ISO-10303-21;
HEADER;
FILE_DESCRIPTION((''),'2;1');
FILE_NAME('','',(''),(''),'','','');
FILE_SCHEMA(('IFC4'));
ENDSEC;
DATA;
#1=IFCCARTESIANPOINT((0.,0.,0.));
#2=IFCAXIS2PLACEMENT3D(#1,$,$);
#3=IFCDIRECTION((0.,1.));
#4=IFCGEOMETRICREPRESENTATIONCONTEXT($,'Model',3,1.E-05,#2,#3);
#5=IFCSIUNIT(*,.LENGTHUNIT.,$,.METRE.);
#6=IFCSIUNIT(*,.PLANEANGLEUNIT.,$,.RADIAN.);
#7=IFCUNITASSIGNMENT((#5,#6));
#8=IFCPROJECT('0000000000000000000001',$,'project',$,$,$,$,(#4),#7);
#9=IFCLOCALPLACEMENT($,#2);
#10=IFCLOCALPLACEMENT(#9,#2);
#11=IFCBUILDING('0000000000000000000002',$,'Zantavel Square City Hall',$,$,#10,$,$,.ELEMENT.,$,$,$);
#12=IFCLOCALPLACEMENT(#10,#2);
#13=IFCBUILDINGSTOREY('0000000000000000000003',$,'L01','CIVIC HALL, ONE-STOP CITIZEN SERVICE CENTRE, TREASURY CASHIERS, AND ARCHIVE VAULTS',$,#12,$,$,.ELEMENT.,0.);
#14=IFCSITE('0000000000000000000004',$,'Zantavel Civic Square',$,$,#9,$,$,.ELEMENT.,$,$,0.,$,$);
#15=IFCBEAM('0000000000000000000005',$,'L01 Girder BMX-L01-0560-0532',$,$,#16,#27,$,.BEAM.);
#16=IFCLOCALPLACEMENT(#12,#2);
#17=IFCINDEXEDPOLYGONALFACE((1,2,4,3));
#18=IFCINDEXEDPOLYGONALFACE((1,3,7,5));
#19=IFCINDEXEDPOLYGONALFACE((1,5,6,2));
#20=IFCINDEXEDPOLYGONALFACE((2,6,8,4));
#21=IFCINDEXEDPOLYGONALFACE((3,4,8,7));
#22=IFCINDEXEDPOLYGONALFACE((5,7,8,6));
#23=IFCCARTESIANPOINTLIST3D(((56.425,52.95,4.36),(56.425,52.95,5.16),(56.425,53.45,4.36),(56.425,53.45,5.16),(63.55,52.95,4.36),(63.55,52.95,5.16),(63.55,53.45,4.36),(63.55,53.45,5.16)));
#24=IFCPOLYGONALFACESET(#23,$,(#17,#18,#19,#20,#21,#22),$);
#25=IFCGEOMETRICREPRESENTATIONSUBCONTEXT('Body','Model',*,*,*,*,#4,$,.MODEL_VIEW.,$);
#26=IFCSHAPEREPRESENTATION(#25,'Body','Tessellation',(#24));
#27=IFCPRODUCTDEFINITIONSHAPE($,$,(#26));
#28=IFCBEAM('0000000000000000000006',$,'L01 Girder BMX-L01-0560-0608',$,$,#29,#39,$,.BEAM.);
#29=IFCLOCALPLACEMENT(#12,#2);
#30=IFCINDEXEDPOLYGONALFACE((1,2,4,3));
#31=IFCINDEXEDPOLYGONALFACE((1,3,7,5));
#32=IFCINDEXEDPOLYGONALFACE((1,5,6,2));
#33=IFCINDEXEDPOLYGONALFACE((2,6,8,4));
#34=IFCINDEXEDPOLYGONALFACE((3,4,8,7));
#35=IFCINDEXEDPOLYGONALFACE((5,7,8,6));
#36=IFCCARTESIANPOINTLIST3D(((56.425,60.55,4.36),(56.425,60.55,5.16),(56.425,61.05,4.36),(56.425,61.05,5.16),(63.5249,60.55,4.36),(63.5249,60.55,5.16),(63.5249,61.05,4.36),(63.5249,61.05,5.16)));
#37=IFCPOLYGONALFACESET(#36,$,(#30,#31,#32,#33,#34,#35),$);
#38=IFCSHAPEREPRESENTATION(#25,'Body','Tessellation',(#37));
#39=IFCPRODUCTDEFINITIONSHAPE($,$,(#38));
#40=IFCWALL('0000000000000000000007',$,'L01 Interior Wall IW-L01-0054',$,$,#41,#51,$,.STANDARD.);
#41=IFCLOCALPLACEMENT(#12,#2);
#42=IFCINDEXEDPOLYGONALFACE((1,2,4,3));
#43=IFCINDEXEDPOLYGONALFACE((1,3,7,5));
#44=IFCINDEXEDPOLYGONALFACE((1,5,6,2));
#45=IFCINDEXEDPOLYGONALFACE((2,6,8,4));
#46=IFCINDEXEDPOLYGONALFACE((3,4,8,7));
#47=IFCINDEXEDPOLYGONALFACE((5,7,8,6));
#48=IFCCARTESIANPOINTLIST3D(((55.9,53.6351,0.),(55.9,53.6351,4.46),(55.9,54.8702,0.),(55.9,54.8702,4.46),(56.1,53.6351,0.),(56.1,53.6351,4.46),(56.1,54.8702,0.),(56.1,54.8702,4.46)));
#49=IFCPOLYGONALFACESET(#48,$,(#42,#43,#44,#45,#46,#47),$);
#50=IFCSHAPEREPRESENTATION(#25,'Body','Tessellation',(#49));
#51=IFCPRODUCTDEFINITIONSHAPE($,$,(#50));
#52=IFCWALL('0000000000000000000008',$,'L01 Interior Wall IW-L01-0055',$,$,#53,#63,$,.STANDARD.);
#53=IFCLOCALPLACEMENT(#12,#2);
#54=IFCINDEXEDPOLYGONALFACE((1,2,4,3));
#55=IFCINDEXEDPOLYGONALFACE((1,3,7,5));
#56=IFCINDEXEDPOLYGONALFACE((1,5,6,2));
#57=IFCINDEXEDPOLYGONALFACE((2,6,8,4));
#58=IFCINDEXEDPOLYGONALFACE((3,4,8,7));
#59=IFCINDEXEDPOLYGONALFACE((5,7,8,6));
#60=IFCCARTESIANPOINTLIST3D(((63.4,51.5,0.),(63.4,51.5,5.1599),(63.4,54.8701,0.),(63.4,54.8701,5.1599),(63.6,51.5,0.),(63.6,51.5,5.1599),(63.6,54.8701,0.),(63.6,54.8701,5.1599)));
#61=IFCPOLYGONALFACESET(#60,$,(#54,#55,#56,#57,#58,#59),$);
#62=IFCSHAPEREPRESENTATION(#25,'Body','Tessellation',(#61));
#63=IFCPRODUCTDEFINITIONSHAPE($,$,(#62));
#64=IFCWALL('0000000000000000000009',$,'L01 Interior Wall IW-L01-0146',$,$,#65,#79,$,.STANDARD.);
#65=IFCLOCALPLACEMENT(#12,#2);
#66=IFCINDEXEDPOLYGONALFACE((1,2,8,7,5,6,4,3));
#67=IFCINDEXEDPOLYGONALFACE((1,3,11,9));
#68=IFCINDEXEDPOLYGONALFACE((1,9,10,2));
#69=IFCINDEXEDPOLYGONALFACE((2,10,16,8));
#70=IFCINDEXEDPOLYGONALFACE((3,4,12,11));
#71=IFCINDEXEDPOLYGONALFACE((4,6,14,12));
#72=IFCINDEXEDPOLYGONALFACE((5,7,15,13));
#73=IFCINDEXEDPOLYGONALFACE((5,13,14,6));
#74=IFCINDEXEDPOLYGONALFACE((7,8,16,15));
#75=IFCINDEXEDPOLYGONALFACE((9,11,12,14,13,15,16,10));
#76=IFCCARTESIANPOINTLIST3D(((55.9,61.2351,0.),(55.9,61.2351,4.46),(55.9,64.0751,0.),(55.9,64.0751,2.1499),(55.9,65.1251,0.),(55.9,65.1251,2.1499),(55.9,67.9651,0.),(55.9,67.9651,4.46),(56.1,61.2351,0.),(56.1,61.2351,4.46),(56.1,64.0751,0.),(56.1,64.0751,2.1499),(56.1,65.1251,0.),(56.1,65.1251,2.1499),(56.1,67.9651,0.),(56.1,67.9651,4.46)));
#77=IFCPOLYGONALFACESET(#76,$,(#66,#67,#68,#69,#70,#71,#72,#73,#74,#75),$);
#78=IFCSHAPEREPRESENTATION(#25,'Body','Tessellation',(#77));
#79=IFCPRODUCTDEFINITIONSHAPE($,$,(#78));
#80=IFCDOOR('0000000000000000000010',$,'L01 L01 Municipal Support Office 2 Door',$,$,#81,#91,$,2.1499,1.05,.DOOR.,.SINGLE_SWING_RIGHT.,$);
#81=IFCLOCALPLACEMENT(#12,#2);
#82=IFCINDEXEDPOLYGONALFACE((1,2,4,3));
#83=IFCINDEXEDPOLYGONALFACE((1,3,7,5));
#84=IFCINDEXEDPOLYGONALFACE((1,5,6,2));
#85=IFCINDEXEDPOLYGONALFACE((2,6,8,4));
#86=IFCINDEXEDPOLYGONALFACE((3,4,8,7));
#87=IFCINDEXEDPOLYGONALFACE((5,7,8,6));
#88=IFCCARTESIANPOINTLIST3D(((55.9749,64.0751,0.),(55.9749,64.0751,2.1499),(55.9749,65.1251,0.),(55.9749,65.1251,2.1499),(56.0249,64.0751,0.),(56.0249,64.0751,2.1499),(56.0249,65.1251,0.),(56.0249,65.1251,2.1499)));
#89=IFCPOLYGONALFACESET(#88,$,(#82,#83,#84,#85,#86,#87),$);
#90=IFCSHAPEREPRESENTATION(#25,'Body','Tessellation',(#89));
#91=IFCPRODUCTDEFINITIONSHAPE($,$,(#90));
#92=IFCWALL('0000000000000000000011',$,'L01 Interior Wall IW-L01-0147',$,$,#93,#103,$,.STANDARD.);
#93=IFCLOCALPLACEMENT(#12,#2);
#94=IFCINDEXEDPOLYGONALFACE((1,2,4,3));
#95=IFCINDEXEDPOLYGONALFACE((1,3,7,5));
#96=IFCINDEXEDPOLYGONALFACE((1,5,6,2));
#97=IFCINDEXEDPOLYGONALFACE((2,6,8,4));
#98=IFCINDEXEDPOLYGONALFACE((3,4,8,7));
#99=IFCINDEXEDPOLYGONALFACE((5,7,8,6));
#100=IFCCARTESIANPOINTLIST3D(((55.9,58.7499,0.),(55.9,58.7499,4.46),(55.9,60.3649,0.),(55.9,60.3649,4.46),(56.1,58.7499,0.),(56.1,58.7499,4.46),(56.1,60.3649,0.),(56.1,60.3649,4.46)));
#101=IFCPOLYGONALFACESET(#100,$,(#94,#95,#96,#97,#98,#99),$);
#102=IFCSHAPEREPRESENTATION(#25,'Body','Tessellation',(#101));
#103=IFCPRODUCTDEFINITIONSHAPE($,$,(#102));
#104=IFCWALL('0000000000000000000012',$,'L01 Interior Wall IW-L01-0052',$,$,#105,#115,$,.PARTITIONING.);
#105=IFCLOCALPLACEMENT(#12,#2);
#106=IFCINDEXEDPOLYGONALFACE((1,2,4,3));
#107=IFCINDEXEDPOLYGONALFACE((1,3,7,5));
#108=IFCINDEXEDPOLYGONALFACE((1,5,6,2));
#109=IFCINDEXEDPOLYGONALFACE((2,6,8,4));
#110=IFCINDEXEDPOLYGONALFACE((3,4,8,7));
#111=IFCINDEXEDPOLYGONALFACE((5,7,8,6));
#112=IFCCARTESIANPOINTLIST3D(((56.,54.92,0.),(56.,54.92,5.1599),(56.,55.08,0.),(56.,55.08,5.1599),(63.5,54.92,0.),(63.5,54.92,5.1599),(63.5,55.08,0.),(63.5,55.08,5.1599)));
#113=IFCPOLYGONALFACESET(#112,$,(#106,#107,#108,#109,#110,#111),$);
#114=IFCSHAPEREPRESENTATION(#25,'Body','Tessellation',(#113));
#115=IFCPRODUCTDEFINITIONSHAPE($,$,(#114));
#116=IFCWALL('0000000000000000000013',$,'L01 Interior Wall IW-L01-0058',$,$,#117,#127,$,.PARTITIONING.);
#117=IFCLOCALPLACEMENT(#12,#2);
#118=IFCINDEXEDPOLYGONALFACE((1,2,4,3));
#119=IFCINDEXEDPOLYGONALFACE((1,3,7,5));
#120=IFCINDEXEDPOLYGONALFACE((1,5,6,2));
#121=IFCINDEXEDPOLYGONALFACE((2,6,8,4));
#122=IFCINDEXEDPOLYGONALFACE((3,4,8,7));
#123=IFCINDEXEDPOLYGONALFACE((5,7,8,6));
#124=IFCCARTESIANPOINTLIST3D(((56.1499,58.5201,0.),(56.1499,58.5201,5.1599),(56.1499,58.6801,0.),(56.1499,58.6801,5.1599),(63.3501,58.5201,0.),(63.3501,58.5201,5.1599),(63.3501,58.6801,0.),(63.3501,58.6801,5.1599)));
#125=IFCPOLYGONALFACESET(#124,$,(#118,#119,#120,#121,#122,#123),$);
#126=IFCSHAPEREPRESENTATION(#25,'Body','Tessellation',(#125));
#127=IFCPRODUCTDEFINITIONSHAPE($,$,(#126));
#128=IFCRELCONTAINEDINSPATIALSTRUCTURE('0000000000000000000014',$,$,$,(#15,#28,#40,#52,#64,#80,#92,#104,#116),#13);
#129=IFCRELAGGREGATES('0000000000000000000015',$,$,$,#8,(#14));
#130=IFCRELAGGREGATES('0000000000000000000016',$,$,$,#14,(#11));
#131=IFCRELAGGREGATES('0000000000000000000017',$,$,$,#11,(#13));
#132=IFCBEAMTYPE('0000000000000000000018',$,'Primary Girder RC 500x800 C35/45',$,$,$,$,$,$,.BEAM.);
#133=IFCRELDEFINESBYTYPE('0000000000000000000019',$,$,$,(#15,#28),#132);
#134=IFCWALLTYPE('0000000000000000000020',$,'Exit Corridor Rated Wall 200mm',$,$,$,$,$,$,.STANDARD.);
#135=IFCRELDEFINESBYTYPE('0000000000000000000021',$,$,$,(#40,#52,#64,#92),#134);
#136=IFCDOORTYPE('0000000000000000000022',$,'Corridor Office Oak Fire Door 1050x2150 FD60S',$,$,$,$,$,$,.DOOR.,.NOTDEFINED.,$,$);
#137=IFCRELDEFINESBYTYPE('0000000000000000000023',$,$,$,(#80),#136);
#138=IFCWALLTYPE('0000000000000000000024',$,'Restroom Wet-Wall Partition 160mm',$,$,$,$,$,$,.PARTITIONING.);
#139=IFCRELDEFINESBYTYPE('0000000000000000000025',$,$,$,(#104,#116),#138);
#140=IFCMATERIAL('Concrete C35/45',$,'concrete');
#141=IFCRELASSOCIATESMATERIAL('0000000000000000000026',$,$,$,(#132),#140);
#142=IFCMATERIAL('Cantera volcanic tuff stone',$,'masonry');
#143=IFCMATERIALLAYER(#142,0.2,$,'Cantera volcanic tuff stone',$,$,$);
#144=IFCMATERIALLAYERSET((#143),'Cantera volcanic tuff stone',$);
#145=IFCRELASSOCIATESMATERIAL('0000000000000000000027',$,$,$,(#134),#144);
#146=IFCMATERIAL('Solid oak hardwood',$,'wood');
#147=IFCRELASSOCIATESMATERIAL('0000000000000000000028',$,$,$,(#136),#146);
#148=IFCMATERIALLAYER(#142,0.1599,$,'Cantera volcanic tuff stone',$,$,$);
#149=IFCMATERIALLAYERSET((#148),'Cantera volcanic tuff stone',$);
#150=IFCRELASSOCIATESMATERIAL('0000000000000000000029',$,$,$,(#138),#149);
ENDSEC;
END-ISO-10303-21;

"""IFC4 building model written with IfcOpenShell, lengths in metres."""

from ifc_helpers import new_model, si_unit, direction, frame, frame_2d, origin, origin_2d, place, context, subcontext, project, spatial, rectangle, extrude, material, layer, layer_set, material_profile, profile_set, type_object, element, fill, save


model = new_model("IFC4")

# Units and contexts
model_context = context("Model", 3, precision=1e-05, world=origin(), true_north=direction((0.0, 1.0)))
body_context = subcontext(model_context, "Body", "Model", "MODEL_VIEW")
ifc_project = project(units=[si_unit("LENGTHUNIT", "METRE"), si_unit("PLANEANGLEUNIT", "RADIAN")], contexts=[model_context])

# Site, building, storey
site_placement = place(None, origin())
site = spatial("IfcSite", under=ifc_project, at=site_placement, Name="Zantavel Civic Square", CompositionType="ELEMENT", RefElevation=0.0)
building_placement = place(site_placement, origin())
building = spatial("IfcBuilding", under=site, at=building_placement, Name="Zantavel Square City Hall", CompositionType="ELEMENT")
storey_placement = place(building_placement, origin())
storey = spatial("IfcBuildingStorey", under=building, at=storey_placement, Name="L01", Description="CIVIC HALL, ONE-STOP CITIZEN SERVICE CENTRE, TREASURY CASHIERS, AND ARCHIVE VAULTS", CompositionType="ELEMENT", Elevation=0.0)

# Beams
ifc_material_1 = material(Name="Concrete C35/45", Category="concrete")
ifc_material_profile_1 = material_profile(ifc_material_1, rectangle(XDim=0.5, YDim=0.8, at=origin_2d()), Name="RC 500x800")
ifc_profile_set_1 = profile_set([ifc_material_profile_1], Name="Concrete C35/45")
beam_type_1 = type_object("IfcBeamType", Name="Primary Girder RC 500x800 C35/45", PredefinedType="BEAM", material=ifc_profile_set_1)
beam_1_placement = place(storey_placement, frame((56.425, 53.2, 4.76), z_axis=(1.0, 0.0, 0.0), x_axis=(0.0, 1.0, 0.0)))
element("IfcBeam", 1, at=beam_1_placement, inside=storey, type_object=beam_type_1, Name="L01 Girder BMX-L01-0560-0532", PredefinedType="BEAM", context=body_context, shape_type="SweptSolid", body=[
    extrude(rectangle(XDim=0.5, YDim=0.8, at=origin_2d()), origin(), (0.0, 0.0, 1.0), 7.125),
])
beam_2_placement = place(storey_placement, frame((56.425, 60.8, 4.76), z_axis=(1.0, 0.0, 0.0), x_axis=(0.0, 1.0, 0.0)))
element("IfcBeam", 2, at=beam_2_placement, inside=storey, type_object=beam_type_1, Name="L01 Girder BMX-L01-0560-0608", PredefinedType="BEAM", context=body_context, shape_type="SweptSolid", body=[
    extrude(rectangle(XDim=0.5, YDim=0.8, at=origin_2d()), origin(), (0.0, 0.0, 1.0), 7.0999),
])

# Walls
ifc_material_2 = material(Name="Cantera volcanic tuff stone", Category="masonry")
ifc_layer_1 = layer(ifc_material_2, 0.2, Name="Cantera volcanic tuff stone")
ifc_layer_set_1 = layer_set([ifc_layer_1], Name="Cantera volcanic tuff stone")
wall_type_1 = type_object("IfcWallType", Name="Exit Corridor Rated Wall 200mm", PredefinedType="STANDARD", material=ifc_layer_set_1)
wall_1_placement = place(storey_placement, frame((56.0, 53.635, 0.0), z_axis=(0.0, 0.0, 1.0), x_axis=(0.0, 1.0, 0.0)))
element("IfcWall", 3, at=wall_1_placement, inside=storey, type_object=wall_type_1, Name="L01 Interior Wall IW-L01-0054", PredefinedType="STANDARD", context=body_context, shape_type="SweptSolid", body=[
    extrude(rectangle(XDim=1.2351, YDim=0.2, at=frame_2d((0.6177, 0.0))), origin(), (0.0, 0.0, 1.0), 4.46),
])
wall_2_placement = place(storey_placement, frame((63.5, 54.8701, 0.0), z_axis=(0.0, 0.0, 1.0), x_axis=(0.0, -1.0, 0.0)))
element("IfcWall", 4, at=wall_2_placement, inside=storey, type_object=wall_type_1, Name="L01 Interior Wall IW-L01-0055", PredefinedType="STANDARD", context=body_context, shape_type="SweptSolid", body=[
    extrude(rectangle(XDim=3.3701, YDim=0.2, at=frame_2d((1.6851, 0.0))), origin(), (0.0, 0.0, 1.0), 5.1599),
])

# Wall, opening, door
ifc_material_3 = material(Name="Solid oak hardwood", Category="wood")
wall_3_placement = place(storey_placement, frame((56.0, 67.9651, 0.0), z_axis=(0.0, 0.0, 1.0), x_axis=(0.0, -1.0, 0.0)))
wall_3 = element("IfcWall", 5, at=wall_3_placement, inside=storey, type_object=wall_type_1, Name="L01 Interior Wall IW-L01-0146", PredefinedType="STANDARD", context=body_context, shape_type="SweptSolid", body=[
    extrude(rectangle(XDim=6.73, YDim=0.2, at=frame_2d((3.365, 0.0))), origin(), (0.0, 0.0, 1.0), 4.46),
])
opening_1_placement = place(wall_3_placement, frame((2.8401, 0.0, 0.0)))
opening_1 = element("IfcOpeningElement", 6, at=opening_1_placement, cuts=wall_3, PredefinedType="OPENING", context=body_context, shape_type="SweptSolid", body=[
    extrude(rectangle(XDim=1.05, YDim=2.1499, at=frame_2d((0.5249, 1.075))), frame((0.0, 0.1099, 0.0), z_axis=(0.0, -1.0, 0.0), x_axis=(1.0, 0.0, 0.0)), (0.0, 0.0, 1.0), 0.22),
])
door_type_1 = type_object("IfcDoorType", Name="Corridor Office Oak Fire Door 1050x2150 FD60S", OperationType="NOTDEFINED", PredefinedType="DOOR", material=ifc_material_3)
door_1_placement = place(opening_1_placement, origin())
door_1 = element("IfcDoor", 7, at=door_1_placement, inside=storey, type_object=door_type_1, Name="L01 L01 Municipal Support Office 2 Door", OperationType="SINGLE_SWING_RIGHT", OverallHeight=2.1499, OverallWidth=1.05, PredefinedType="DOOR", context=body_context, shape_type="SweptSolid", body=[
    extrude(rectangle(XDim=1.05, YDim=2.1499, at=frame_2d((0.5249, 1.075))), frame((0.0, 0.0249, 0.0), z_axis=(0.0, -1.0, 0.0), x_axis=(1.0, 0.0, 0.0)), (0.0, 0.0, 1.0), 0.05),
])
fill(opening_1, door_1)

# Walls
wall_4_placement = place(storey_placement, frame((56.0, 60.365, 0.0), z_axis=(0.0, 0.0, 1.0), x_axis=(0.0, -1.0, 0.0)))
element("IfcWall", 8, at=wall_4_placement, inside=storey, type_object=wall_type_1, Name="L01 Interior Wall IW-L01-0147", PredefinedType="STANDARD", context=body_context, shape_type="SweptSolid", body=[
    extrude(rectangle(XDim=1.615, YDim=0.2, at=frame_2d((0.8076, 0.0))), origin(), (0.0, 0.0, 1.0), 4.46),
])
ifc_layer_2 = layer(ifc_material_2, 0.1599, Name="Cantera volcanic tuff stone")
ifc_layer_set_2 = layer_set([ifc_layer_2], Name="Cantera volcanic tuff stone")
wall_type_2 = type_object("IfcWallType", Name="Restroom Wet-Wall Partition 160mm", PredefinedType="PARTITIONING", material=ifc_layer_set_2)
wall_5_placement = place(storey_placement, frame((56.0, 55.0, 0.0), z_axis=(0.0, 0.0, 1.0), x_axis=(1.0, 0.0, 0.0)))
element("IfcWall", 9, at=wall_5_placement, inside=storey, type_object=wall_type_2, Name="L01 Interior Wall IW-L01-0052", PredefinedType="PARTITIONING", context=body_context, shape_type="SweptSolid", body=[
    extrude(rectangle(XDim=7.5, YDim=0.1599, at=frame_2d((3.75, 0.0))), origin(), (0.0, 0.0, 1.0), 5.1599),
])
wall_6_placement = place(storey_placement, frame((56.1499, 58.6001, 0.0), z_axis=(0.0, 0.0, 1.0), x_axis=(1.0, 0.0, 0.0)))
element("IfcWall", 10, at=wall_6_placement, inside=storey, type_object=wall_type_2, Name="L01 Interior Wall IW-L01-0058", PredefinedType="PARTITIONING", context=body_context, shape_type="SweptSolid", body=[
    extrude(rectangle(XDim=7.2002, YDim=0.1599, at=frame_2d((3.6001, 0.0))), origin(), (0.0, 0.0, 1.0), 5.1599),
])

save(model, "model.ifc")
